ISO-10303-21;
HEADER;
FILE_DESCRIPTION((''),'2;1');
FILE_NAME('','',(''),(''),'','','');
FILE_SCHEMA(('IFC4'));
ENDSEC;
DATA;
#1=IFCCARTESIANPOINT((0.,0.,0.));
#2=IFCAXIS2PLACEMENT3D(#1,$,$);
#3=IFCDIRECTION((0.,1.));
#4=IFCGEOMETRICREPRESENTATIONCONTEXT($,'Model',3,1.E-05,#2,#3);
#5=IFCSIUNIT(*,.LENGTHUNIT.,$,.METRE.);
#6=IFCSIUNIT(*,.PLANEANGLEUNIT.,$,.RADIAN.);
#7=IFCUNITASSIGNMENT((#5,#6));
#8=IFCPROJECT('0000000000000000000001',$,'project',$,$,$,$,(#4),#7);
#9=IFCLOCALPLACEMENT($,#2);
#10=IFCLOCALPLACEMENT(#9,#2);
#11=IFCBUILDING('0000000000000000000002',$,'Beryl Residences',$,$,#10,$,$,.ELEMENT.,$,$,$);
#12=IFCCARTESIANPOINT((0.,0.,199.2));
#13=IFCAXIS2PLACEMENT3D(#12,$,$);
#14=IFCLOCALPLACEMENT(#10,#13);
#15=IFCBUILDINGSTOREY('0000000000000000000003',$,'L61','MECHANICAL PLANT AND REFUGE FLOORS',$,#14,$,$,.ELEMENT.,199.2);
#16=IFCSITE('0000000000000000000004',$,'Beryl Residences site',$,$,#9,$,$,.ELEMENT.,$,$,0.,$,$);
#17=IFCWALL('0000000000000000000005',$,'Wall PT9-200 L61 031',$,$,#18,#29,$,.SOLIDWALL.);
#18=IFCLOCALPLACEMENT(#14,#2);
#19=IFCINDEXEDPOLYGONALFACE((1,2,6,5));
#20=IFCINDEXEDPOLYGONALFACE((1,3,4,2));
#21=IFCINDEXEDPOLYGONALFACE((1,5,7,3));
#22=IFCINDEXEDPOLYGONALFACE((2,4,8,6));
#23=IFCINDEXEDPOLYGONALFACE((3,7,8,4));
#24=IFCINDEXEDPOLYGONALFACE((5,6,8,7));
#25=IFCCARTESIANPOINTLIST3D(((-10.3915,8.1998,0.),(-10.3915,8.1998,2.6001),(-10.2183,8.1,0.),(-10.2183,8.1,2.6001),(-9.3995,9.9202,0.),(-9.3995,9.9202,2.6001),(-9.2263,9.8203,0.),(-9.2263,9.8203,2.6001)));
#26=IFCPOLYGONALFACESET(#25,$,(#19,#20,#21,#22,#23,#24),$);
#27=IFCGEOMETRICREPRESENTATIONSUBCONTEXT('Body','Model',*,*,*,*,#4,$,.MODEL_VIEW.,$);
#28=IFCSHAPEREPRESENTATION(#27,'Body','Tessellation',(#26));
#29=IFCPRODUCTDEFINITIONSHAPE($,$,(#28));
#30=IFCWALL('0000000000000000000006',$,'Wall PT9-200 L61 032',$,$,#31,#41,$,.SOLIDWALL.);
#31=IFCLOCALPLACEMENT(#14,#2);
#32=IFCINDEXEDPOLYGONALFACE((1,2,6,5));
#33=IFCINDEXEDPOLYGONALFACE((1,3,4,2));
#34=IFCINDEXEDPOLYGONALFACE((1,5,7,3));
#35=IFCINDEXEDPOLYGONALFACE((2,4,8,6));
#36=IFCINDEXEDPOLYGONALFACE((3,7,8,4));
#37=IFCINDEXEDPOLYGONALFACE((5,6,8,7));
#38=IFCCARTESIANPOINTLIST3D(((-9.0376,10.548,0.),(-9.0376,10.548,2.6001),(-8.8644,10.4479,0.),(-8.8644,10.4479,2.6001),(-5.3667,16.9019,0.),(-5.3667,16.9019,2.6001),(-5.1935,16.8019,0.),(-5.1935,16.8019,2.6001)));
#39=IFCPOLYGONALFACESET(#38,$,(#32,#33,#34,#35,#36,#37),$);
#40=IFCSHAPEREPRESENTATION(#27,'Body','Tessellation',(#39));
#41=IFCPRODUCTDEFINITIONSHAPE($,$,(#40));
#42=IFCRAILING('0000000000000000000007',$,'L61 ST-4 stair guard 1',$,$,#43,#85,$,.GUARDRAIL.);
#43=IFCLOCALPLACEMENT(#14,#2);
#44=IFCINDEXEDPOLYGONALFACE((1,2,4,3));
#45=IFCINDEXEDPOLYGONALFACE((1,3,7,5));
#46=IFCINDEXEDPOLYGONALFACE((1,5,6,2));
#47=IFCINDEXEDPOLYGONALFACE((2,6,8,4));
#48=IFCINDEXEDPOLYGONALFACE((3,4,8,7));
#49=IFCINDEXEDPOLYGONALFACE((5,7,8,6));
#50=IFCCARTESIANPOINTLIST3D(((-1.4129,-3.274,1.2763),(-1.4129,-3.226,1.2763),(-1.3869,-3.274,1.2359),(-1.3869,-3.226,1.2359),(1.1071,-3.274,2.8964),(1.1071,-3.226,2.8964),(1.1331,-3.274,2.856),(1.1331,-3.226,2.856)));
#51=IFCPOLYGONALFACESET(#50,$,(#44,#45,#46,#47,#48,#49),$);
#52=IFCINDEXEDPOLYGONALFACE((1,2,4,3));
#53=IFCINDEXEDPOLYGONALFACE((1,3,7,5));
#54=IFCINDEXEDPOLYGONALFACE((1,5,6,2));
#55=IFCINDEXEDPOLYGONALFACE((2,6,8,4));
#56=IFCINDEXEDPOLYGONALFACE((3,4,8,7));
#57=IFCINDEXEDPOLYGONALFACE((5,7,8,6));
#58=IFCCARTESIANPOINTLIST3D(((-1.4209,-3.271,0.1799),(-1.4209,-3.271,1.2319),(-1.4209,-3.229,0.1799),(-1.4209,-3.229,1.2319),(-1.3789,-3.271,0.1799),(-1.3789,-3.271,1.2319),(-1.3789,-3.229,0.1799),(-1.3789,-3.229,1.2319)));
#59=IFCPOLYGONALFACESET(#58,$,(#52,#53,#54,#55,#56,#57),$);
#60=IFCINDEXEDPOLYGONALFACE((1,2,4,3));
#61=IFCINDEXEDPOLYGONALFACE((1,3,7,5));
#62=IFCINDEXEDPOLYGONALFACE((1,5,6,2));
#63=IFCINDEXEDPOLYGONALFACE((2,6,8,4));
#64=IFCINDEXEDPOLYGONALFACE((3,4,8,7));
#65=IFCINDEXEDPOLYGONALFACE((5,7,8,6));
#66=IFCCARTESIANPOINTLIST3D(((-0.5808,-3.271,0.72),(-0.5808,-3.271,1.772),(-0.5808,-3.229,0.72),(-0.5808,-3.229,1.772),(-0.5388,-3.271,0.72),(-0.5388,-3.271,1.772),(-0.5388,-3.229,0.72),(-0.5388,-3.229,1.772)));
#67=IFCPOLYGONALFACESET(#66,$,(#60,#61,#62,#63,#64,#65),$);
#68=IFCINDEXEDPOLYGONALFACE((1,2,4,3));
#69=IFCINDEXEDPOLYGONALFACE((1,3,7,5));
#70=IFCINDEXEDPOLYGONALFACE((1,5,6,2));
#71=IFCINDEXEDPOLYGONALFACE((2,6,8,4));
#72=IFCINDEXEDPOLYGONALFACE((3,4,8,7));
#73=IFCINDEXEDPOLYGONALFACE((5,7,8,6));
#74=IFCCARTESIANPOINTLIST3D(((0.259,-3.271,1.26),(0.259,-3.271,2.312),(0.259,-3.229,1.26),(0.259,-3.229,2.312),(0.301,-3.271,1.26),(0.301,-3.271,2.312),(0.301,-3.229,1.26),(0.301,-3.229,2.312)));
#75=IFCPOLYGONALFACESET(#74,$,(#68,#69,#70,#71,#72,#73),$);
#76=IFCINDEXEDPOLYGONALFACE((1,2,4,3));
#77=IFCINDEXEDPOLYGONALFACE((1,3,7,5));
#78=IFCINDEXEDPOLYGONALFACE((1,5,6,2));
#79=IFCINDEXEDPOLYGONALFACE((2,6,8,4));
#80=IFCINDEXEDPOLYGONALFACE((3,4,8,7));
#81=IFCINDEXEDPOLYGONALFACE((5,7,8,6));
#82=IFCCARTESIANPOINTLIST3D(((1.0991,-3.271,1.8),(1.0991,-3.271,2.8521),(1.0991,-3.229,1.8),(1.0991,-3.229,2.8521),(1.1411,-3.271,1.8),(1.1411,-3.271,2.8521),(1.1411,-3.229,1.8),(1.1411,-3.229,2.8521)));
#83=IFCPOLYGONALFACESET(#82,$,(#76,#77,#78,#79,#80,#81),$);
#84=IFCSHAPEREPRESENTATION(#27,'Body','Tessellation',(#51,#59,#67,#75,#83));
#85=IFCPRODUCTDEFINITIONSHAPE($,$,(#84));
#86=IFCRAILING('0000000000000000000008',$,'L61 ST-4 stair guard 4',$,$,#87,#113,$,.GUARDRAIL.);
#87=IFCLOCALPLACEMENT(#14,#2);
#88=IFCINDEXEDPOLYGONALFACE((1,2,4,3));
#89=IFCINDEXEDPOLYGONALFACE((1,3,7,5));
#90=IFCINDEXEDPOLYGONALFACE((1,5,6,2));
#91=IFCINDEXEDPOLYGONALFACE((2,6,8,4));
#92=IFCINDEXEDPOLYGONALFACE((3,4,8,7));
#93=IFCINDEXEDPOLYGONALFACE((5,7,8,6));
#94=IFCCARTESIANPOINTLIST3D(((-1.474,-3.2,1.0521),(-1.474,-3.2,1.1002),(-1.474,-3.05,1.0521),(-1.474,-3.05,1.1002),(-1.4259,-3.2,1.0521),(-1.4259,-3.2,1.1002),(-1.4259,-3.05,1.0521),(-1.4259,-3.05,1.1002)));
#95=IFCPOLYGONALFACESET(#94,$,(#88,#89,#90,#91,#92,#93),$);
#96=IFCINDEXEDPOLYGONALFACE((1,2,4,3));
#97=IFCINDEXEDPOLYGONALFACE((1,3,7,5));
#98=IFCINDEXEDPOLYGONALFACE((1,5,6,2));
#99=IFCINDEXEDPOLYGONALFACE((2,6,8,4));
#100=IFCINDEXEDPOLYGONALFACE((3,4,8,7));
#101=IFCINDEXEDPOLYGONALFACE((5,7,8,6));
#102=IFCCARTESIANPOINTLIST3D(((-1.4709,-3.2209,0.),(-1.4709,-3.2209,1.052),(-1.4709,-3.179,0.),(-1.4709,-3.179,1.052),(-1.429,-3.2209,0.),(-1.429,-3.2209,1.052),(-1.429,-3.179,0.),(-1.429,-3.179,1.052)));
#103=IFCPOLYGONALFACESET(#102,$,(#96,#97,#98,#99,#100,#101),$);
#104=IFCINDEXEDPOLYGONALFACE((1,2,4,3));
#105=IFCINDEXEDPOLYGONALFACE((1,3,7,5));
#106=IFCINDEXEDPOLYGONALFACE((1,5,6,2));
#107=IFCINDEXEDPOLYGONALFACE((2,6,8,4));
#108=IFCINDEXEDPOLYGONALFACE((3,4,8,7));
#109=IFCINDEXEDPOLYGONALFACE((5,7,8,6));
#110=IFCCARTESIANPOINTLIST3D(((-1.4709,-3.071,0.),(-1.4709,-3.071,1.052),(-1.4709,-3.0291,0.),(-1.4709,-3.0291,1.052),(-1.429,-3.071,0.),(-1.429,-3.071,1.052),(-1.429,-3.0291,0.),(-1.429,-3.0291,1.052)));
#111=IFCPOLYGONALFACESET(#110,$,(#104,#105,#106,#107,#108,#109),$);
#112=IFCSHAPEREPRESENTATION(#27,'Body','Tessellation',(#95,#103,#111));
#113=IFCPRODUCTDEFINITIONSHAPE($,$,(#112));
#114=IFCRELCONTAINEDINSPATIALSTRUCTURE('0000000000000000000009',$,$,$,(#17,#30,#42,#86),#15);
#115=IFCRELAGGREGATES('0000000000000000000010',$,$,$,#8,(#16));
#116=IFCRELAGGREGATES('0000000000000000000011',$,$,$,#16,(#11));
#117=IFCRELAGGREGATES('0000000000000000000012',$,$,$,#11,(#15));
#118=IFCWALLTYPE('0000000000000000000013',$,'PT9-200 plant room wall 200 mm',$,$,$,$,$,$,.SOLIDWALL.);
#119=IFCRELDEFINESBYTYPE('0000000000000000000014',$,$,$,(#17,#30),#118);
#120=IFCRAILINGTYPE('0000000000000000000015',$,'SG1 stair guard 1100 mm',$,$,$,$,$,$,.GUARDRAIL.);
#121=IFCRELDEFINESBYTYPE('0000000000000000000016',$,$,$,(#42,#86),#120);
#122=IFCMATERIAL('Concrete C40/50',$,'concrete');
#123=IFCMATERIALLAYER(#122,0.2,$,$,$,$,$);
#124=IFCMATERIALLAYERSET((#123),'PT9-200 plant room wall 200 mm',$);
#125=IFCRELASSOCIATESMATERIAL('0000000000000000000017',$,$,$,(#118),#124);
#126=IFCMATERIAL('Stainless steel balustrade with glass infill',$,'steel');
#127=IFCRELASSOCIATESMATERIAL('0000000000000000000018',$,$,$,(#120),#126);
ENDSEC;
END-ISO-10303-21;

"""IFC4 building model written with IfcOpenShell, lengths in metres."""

from ifc_helpers import new_model, si_unit, direction, frame, frame_2d, origin, origin_2d, place, context, subcontext, project, spatial, rectangle, extrude, material, layer, layer_set, type_object, element, save


model = new_model("IFC4")

# Units and contexts
model_context = context("Model", 3, precision=1e-05, world=origin(), true_north=direction((0.0, 1.0)))
body_context = subcontext(model_context, "Body", "Model", "MODEL_VIEW")
ifc_project = project(units=[si_unit("LENGTHUNIT", "METRE"), si_unit("PLANEANGLEUNIT", "RADIAN")], contexts=[model_context])

# Site, building, storey
site_placement = place(None, origin())
site = spatial("IfcSite", under=ifc_project, at=site_placement, Name="Beryl Residences site", CompositionType="ELEMENT", RefElevation=0.0)
building_placement = place(site_placement, origin())
building = spatial("IfcBuilding", under=site, at=building_placement, Name="Beryl Residences", CompositionType="ELEMENT")
storey_placement = place(building_placement, frame((0.0, 0.0, 199.2)))
storey = spatial("IfcBuildingStorey", under=building, at=storey_placement, Name="L61", Description="MECHANICAL PLANT AND REFUGE FLOORS", CompositionType="ELEMENT", Elevation=199.2)

# Shared definitions
ifc_material_1 = material(Name="Concrete C40/50", Category="concrete")
ifc_layer_1 = layer(ifc_material_1, 0.2)
ifc_layer_set_1 = layer_set([ifc_layer_1], Name="PT9-200 plant room wall 200 mm")
wall_type_1 = type_object("IfcWallType", Name="PT9-200 plant room wall 200 mm", PredefinedType="SOLIDWALL", material=ifc_layer_set_1)

# Walls
wall_1_placement = place(storey_placement, frame((-10.3049, 8.1499, 0.0), z_axis=(0.0, 0.0, 1.0), x_axis=(0.499538, 0.866292, 0.0)))
element("IfcWall", 1, at=wall_1_placement, inside=storey, type_object=wall_type_1, Name="Wall PT9-200 L61 031", PredefinedType="SOLIDWALL", context=body_context, shape_type="SweptSolid", body=[
    extrude(rectangle(XDim=1.9858, YDim=0.2, at=frame_2d((0.9929, 0.0))), origin(), (0.0, 0.0, 1.0), 2.6001),
])
wall_2_placement = place(storey_placement, frame((-8.9509, 10.498, 0.0), z_axis=(0.0, 0.0, 1.0), x_axis=(0.500247, 0.865883, 0.0)))
element("IfcWall", 2, at=wall_2_placement, inside=storey, type_object=wall_type_1, Name="Wall PT9-200 L61 032", PredefinedType="SOLIDWALL", context=body_context, shape_type="SweptSolid", body=[
    extrude(rectangle(XDim=7.3381, YDim=0.2, at=frame_2d((3.6689, 0.0))), origin(), (0.0, 0.0, 1.0), 2.6001),
])

# Railings
ifc_material_2 = material(Name="Stainless steel balustrade with glass infill", Category="steel")
railing_type = type_object("IfcRailingType", Name="SG1 stair guard 1100 mm", PredefinedType="GUARDRAIL", material=ifc_material_2)
railing_1_placement = place(storey_placement, frame((-1.3999, -3.25, 0.1799)))
element("IfcRailing", 3, at=railing_1_placement, inside=storey, type_object=railing_type, Name="L61 ST-4 stair guard 1", PredefinedType="GUARDRAIL", context=body_context, shape_type="SweptSolid", body=[
    extrude(rectangle(XDim=0.0481, YDim=0.0481, at=origin_2d()), frame((0.0, 0.0, 1.0762), z_axis=(0.841163, 0.0, 0.540782), x_axis=(0.0, 1.0, 0.0)), (0.0, 0.0, 1.0), 2.9958),
    extrude(rectangle(XDim=0.042, YDim=0.042, at=origin_2d()), origin(), (0.0, 0.0, 1.0), 1.052),
    extrude(rectangle(XDim=0.042, YDim=0.042, at=origin_2d()), frame((0.8401, 0.0, 0.54)), (0.0, 0.0, 1.0), 1.052),
    extrude(rectangle(XDim=0.042, YDim=0.042, at=origin_2d()), frame((1.6799, 0.0, 1.0801)), (0.0, 0.0, 1.0), 1.052),
    extrude(rectangle(XDim=0.042, YDim=0.042, at=origin_2d()), frame((2.52, 0.0, 1.6201)), (0.0, 0.0, 1.0), 1.052),
])
railing_2_placement = place(storey_placement, frame((-1.45, -3.2, 0.0)))
element("IfcRailing", 4, at=railing_2_placement, inside=storey, type_object=railing_type, Name="L61 ST-4 stair guard 4", PredefinedType="GUARDRAIL", context=body_context, shape_type="SweptSolid", body=[
    extrude(rectangle(XDim=0.0481, YDim=0.0481, at=origin_2d()), frame((0.0, 0.0, 1.0762), z_axis=(0.0, 1.0, 0.0), x_axis=(-1.0, 0.0, 0.0)), (0.0, 0.0, 1.0), 0.1499),
    extrude(rectangle(XDim=0.042, YDim=0.042, at=origin_2d()), origin(), (0.0, 0.0, 1.0), 1.052),
    extrude(rectangle(XDim=0.042, YDim=0.042, at=origin_2d()), frame((0.0, 0.1499, 0.0)), (0.0, 0.0, 1.0), 1.052),
])

save(model, "model.ifc")
